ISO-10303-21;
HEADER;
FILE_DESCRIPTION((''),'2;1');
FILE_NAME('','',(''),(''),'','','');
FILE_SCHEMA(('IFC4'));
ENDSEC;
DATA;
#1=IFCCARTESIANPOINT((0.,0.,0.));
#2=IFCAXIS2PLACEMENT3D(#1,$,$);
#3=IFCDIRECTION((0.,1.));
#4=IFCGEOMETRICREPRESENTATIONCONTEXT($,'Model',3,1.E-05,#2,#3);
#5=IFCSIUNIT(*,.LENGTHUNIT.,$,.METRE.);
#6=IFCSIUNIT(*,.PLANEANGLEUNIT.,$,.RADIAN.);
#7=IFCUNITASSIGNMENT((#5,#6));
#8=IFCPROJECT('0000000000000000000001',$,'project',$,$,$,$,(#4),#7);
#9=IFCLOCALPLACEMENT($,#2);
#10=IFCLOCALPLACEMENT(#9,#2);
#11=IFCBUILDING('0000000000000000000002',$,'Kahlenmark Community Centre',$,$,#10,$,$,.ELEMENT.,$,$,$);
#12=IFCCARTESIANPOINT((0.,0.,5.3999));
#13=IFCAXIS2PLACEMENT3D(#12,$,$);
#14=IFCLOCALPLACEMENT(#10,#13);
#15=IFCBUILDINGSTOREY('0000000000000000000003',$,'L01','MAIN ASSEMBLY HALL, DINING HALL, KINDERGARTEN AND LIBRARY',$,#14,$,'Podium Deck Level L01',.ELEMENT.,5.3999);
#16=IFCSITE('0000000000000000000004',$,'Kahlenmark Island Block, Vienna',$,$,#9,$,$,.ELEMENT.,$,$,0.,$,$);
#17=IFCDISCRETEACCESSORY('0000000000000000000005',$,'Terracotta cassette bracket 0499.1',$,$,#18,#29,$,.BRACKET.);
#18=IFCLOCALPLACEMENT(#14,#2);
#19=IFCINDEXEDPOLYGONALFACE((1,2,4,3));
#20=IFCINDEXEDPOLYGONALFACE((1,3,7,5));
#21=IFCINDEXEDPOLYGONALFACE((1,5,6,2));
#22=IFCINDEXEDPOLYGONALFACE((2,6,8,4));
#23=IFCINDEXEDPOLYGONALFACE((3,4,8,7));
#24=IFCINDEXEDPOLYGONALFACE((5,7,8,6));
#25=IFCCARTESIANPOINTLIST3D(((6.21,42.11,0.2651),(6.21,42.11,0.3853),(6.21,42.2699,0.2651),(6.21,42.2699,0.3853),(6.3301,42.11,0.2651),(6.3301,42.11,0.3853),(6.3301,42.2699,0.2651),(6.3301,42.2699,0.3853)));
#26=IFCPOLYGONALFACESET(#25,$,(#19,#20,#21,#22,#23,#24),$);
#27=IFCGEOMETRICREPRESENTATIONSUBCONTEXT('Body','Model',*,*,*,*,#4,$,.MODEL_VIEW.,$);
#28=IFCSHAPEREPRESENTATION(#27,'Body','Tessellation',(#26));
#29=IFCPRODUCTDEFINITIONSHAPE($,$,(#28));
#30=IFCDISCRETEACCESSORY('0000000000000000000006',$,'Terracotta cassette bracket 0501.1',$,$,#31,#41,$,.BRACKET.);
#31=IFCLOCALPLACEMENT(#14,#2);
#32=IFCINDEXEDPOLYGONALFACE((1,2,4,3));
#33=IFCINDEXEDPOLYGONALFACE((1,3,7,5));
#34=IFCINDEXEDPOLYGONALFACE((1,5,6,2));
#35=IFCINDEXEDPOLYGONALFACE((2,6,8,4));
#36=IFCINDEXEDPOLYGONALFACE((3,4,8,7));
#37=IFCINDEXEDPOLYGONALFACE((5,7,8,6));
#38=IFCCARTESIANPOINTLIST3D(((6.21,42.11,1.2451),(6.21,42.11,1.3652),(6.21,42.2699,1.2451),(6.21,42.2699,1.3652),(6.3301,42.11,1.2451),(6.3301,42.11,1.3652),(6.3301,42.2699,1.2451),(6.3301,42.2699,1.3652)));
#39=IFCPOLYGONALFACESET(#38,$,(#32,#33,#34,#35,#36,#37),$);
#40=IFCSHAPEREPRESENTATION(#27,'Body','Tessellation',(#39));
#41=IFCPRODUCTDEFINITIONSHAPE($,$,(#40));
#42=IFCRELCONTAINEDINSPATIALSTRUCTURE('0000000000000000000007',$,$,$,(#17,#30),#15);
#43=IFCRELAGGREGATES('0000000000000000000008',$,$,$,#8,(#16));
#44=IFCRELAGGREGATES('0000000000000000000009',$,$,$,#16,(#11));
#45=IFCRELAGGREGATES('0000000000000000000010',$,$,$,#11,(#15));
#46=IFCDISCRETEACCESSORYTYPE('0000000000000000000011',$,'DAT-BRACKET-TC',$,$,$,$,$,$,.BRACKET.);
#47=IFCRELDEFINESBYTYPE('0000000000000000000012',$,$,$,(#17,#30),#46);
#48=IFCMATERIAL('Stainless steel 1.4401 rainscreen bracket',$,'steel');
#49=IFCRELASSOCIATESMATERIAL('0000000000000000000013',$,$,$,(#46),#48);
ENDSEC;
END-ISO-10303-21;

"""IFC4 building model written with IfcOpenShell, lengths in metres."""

from ifc_helpers import new_model, si_unit, direction, frame, origin, origin_2d, place, context, subcontext, project, spatial, rectangle, extrude, material, type_object, element, save


model = new_model("IFC4")

# Units and contexts
model_context = context("Model", 3, precision=1e-05, world=origin(), true_north=direction((0.0, 1.0)))
body_context = subcontext(model_context, "Body", "Model", "MODEL_VIEW")
ifc_project = project(units=[si_unit("LENGTHUNIT", "METRE"), si_unit("PLANEANGLEUNIT", "RADIAN")], contexts=[model_context])

# Site, building, storey
site_placement = place(None, origin())
site = spatial("IfcSite", under=ifc_project, at=site_placement, Name="Kahlenmark Island Block, Vienna", CompositionType="ELEMENT", RefElevation=0.0)
building_placement = place(site_placement, origin())
building = spatial("IfcBuilding", under=site, at=building_placement, Name="Kahlenmark Community Centre", CompositionType="ELEMENT")
storey_placement = place(building_placement, frame((0.0, 0.0, 5.3999)))
storey = spatial("IfcBuildingStorey", under=building, at=storey_placement, Name="L01", Description="MAIN ASSEMBLY HALL, DINING HALL, KINDERGARTEN AND LIBRARY", LongName="Podium Deck Level L01", CompositionType="ELEMENT", Elevation=5.3999)

# Discrete accessories
ifc_material_1 = material(Name="Stainless steel 1.4401 rainscreen bracket", Category="steel")
discrete_accessory_type = type_object("IfcDiscreteAccessoryType", Name="DAT-BRACKET-TC", PredefinedType="BRACKET", material=ifc_material_1)
for number, where, z_axis, x_axis, name in (
    (1, (6.27, 42.1899, 0.2651), (0.0, 0.0, 1.0), (1.0, 0.0, 0.0), "Terracotta cassette bracket 0499.1"),
    (2, (6.27, 42.1899, 1.2451), (0.0, 0.0, 1.0), (1.0, 0.0, 0.0), "Terracotta cassette bracket 0501.1"),
):
    element("IfcDiscreteAccessory", number, at=place(storey_placement, frame(where, z_axis=z_axis, x_axis=x_axis)), inside=storey, type_object=discrete_accessory_type, Name=name, PredefinedType="BRACKET", context=body_context, shape_type="SweptSolid", body=[
        extrude(rectangle(XDim=0.1201, YDim=0.1599, at=origin_2d()), origin(), (0.0, 0.0, 1.0), 0.1201),
    ])

save(model, "model.ifc")
